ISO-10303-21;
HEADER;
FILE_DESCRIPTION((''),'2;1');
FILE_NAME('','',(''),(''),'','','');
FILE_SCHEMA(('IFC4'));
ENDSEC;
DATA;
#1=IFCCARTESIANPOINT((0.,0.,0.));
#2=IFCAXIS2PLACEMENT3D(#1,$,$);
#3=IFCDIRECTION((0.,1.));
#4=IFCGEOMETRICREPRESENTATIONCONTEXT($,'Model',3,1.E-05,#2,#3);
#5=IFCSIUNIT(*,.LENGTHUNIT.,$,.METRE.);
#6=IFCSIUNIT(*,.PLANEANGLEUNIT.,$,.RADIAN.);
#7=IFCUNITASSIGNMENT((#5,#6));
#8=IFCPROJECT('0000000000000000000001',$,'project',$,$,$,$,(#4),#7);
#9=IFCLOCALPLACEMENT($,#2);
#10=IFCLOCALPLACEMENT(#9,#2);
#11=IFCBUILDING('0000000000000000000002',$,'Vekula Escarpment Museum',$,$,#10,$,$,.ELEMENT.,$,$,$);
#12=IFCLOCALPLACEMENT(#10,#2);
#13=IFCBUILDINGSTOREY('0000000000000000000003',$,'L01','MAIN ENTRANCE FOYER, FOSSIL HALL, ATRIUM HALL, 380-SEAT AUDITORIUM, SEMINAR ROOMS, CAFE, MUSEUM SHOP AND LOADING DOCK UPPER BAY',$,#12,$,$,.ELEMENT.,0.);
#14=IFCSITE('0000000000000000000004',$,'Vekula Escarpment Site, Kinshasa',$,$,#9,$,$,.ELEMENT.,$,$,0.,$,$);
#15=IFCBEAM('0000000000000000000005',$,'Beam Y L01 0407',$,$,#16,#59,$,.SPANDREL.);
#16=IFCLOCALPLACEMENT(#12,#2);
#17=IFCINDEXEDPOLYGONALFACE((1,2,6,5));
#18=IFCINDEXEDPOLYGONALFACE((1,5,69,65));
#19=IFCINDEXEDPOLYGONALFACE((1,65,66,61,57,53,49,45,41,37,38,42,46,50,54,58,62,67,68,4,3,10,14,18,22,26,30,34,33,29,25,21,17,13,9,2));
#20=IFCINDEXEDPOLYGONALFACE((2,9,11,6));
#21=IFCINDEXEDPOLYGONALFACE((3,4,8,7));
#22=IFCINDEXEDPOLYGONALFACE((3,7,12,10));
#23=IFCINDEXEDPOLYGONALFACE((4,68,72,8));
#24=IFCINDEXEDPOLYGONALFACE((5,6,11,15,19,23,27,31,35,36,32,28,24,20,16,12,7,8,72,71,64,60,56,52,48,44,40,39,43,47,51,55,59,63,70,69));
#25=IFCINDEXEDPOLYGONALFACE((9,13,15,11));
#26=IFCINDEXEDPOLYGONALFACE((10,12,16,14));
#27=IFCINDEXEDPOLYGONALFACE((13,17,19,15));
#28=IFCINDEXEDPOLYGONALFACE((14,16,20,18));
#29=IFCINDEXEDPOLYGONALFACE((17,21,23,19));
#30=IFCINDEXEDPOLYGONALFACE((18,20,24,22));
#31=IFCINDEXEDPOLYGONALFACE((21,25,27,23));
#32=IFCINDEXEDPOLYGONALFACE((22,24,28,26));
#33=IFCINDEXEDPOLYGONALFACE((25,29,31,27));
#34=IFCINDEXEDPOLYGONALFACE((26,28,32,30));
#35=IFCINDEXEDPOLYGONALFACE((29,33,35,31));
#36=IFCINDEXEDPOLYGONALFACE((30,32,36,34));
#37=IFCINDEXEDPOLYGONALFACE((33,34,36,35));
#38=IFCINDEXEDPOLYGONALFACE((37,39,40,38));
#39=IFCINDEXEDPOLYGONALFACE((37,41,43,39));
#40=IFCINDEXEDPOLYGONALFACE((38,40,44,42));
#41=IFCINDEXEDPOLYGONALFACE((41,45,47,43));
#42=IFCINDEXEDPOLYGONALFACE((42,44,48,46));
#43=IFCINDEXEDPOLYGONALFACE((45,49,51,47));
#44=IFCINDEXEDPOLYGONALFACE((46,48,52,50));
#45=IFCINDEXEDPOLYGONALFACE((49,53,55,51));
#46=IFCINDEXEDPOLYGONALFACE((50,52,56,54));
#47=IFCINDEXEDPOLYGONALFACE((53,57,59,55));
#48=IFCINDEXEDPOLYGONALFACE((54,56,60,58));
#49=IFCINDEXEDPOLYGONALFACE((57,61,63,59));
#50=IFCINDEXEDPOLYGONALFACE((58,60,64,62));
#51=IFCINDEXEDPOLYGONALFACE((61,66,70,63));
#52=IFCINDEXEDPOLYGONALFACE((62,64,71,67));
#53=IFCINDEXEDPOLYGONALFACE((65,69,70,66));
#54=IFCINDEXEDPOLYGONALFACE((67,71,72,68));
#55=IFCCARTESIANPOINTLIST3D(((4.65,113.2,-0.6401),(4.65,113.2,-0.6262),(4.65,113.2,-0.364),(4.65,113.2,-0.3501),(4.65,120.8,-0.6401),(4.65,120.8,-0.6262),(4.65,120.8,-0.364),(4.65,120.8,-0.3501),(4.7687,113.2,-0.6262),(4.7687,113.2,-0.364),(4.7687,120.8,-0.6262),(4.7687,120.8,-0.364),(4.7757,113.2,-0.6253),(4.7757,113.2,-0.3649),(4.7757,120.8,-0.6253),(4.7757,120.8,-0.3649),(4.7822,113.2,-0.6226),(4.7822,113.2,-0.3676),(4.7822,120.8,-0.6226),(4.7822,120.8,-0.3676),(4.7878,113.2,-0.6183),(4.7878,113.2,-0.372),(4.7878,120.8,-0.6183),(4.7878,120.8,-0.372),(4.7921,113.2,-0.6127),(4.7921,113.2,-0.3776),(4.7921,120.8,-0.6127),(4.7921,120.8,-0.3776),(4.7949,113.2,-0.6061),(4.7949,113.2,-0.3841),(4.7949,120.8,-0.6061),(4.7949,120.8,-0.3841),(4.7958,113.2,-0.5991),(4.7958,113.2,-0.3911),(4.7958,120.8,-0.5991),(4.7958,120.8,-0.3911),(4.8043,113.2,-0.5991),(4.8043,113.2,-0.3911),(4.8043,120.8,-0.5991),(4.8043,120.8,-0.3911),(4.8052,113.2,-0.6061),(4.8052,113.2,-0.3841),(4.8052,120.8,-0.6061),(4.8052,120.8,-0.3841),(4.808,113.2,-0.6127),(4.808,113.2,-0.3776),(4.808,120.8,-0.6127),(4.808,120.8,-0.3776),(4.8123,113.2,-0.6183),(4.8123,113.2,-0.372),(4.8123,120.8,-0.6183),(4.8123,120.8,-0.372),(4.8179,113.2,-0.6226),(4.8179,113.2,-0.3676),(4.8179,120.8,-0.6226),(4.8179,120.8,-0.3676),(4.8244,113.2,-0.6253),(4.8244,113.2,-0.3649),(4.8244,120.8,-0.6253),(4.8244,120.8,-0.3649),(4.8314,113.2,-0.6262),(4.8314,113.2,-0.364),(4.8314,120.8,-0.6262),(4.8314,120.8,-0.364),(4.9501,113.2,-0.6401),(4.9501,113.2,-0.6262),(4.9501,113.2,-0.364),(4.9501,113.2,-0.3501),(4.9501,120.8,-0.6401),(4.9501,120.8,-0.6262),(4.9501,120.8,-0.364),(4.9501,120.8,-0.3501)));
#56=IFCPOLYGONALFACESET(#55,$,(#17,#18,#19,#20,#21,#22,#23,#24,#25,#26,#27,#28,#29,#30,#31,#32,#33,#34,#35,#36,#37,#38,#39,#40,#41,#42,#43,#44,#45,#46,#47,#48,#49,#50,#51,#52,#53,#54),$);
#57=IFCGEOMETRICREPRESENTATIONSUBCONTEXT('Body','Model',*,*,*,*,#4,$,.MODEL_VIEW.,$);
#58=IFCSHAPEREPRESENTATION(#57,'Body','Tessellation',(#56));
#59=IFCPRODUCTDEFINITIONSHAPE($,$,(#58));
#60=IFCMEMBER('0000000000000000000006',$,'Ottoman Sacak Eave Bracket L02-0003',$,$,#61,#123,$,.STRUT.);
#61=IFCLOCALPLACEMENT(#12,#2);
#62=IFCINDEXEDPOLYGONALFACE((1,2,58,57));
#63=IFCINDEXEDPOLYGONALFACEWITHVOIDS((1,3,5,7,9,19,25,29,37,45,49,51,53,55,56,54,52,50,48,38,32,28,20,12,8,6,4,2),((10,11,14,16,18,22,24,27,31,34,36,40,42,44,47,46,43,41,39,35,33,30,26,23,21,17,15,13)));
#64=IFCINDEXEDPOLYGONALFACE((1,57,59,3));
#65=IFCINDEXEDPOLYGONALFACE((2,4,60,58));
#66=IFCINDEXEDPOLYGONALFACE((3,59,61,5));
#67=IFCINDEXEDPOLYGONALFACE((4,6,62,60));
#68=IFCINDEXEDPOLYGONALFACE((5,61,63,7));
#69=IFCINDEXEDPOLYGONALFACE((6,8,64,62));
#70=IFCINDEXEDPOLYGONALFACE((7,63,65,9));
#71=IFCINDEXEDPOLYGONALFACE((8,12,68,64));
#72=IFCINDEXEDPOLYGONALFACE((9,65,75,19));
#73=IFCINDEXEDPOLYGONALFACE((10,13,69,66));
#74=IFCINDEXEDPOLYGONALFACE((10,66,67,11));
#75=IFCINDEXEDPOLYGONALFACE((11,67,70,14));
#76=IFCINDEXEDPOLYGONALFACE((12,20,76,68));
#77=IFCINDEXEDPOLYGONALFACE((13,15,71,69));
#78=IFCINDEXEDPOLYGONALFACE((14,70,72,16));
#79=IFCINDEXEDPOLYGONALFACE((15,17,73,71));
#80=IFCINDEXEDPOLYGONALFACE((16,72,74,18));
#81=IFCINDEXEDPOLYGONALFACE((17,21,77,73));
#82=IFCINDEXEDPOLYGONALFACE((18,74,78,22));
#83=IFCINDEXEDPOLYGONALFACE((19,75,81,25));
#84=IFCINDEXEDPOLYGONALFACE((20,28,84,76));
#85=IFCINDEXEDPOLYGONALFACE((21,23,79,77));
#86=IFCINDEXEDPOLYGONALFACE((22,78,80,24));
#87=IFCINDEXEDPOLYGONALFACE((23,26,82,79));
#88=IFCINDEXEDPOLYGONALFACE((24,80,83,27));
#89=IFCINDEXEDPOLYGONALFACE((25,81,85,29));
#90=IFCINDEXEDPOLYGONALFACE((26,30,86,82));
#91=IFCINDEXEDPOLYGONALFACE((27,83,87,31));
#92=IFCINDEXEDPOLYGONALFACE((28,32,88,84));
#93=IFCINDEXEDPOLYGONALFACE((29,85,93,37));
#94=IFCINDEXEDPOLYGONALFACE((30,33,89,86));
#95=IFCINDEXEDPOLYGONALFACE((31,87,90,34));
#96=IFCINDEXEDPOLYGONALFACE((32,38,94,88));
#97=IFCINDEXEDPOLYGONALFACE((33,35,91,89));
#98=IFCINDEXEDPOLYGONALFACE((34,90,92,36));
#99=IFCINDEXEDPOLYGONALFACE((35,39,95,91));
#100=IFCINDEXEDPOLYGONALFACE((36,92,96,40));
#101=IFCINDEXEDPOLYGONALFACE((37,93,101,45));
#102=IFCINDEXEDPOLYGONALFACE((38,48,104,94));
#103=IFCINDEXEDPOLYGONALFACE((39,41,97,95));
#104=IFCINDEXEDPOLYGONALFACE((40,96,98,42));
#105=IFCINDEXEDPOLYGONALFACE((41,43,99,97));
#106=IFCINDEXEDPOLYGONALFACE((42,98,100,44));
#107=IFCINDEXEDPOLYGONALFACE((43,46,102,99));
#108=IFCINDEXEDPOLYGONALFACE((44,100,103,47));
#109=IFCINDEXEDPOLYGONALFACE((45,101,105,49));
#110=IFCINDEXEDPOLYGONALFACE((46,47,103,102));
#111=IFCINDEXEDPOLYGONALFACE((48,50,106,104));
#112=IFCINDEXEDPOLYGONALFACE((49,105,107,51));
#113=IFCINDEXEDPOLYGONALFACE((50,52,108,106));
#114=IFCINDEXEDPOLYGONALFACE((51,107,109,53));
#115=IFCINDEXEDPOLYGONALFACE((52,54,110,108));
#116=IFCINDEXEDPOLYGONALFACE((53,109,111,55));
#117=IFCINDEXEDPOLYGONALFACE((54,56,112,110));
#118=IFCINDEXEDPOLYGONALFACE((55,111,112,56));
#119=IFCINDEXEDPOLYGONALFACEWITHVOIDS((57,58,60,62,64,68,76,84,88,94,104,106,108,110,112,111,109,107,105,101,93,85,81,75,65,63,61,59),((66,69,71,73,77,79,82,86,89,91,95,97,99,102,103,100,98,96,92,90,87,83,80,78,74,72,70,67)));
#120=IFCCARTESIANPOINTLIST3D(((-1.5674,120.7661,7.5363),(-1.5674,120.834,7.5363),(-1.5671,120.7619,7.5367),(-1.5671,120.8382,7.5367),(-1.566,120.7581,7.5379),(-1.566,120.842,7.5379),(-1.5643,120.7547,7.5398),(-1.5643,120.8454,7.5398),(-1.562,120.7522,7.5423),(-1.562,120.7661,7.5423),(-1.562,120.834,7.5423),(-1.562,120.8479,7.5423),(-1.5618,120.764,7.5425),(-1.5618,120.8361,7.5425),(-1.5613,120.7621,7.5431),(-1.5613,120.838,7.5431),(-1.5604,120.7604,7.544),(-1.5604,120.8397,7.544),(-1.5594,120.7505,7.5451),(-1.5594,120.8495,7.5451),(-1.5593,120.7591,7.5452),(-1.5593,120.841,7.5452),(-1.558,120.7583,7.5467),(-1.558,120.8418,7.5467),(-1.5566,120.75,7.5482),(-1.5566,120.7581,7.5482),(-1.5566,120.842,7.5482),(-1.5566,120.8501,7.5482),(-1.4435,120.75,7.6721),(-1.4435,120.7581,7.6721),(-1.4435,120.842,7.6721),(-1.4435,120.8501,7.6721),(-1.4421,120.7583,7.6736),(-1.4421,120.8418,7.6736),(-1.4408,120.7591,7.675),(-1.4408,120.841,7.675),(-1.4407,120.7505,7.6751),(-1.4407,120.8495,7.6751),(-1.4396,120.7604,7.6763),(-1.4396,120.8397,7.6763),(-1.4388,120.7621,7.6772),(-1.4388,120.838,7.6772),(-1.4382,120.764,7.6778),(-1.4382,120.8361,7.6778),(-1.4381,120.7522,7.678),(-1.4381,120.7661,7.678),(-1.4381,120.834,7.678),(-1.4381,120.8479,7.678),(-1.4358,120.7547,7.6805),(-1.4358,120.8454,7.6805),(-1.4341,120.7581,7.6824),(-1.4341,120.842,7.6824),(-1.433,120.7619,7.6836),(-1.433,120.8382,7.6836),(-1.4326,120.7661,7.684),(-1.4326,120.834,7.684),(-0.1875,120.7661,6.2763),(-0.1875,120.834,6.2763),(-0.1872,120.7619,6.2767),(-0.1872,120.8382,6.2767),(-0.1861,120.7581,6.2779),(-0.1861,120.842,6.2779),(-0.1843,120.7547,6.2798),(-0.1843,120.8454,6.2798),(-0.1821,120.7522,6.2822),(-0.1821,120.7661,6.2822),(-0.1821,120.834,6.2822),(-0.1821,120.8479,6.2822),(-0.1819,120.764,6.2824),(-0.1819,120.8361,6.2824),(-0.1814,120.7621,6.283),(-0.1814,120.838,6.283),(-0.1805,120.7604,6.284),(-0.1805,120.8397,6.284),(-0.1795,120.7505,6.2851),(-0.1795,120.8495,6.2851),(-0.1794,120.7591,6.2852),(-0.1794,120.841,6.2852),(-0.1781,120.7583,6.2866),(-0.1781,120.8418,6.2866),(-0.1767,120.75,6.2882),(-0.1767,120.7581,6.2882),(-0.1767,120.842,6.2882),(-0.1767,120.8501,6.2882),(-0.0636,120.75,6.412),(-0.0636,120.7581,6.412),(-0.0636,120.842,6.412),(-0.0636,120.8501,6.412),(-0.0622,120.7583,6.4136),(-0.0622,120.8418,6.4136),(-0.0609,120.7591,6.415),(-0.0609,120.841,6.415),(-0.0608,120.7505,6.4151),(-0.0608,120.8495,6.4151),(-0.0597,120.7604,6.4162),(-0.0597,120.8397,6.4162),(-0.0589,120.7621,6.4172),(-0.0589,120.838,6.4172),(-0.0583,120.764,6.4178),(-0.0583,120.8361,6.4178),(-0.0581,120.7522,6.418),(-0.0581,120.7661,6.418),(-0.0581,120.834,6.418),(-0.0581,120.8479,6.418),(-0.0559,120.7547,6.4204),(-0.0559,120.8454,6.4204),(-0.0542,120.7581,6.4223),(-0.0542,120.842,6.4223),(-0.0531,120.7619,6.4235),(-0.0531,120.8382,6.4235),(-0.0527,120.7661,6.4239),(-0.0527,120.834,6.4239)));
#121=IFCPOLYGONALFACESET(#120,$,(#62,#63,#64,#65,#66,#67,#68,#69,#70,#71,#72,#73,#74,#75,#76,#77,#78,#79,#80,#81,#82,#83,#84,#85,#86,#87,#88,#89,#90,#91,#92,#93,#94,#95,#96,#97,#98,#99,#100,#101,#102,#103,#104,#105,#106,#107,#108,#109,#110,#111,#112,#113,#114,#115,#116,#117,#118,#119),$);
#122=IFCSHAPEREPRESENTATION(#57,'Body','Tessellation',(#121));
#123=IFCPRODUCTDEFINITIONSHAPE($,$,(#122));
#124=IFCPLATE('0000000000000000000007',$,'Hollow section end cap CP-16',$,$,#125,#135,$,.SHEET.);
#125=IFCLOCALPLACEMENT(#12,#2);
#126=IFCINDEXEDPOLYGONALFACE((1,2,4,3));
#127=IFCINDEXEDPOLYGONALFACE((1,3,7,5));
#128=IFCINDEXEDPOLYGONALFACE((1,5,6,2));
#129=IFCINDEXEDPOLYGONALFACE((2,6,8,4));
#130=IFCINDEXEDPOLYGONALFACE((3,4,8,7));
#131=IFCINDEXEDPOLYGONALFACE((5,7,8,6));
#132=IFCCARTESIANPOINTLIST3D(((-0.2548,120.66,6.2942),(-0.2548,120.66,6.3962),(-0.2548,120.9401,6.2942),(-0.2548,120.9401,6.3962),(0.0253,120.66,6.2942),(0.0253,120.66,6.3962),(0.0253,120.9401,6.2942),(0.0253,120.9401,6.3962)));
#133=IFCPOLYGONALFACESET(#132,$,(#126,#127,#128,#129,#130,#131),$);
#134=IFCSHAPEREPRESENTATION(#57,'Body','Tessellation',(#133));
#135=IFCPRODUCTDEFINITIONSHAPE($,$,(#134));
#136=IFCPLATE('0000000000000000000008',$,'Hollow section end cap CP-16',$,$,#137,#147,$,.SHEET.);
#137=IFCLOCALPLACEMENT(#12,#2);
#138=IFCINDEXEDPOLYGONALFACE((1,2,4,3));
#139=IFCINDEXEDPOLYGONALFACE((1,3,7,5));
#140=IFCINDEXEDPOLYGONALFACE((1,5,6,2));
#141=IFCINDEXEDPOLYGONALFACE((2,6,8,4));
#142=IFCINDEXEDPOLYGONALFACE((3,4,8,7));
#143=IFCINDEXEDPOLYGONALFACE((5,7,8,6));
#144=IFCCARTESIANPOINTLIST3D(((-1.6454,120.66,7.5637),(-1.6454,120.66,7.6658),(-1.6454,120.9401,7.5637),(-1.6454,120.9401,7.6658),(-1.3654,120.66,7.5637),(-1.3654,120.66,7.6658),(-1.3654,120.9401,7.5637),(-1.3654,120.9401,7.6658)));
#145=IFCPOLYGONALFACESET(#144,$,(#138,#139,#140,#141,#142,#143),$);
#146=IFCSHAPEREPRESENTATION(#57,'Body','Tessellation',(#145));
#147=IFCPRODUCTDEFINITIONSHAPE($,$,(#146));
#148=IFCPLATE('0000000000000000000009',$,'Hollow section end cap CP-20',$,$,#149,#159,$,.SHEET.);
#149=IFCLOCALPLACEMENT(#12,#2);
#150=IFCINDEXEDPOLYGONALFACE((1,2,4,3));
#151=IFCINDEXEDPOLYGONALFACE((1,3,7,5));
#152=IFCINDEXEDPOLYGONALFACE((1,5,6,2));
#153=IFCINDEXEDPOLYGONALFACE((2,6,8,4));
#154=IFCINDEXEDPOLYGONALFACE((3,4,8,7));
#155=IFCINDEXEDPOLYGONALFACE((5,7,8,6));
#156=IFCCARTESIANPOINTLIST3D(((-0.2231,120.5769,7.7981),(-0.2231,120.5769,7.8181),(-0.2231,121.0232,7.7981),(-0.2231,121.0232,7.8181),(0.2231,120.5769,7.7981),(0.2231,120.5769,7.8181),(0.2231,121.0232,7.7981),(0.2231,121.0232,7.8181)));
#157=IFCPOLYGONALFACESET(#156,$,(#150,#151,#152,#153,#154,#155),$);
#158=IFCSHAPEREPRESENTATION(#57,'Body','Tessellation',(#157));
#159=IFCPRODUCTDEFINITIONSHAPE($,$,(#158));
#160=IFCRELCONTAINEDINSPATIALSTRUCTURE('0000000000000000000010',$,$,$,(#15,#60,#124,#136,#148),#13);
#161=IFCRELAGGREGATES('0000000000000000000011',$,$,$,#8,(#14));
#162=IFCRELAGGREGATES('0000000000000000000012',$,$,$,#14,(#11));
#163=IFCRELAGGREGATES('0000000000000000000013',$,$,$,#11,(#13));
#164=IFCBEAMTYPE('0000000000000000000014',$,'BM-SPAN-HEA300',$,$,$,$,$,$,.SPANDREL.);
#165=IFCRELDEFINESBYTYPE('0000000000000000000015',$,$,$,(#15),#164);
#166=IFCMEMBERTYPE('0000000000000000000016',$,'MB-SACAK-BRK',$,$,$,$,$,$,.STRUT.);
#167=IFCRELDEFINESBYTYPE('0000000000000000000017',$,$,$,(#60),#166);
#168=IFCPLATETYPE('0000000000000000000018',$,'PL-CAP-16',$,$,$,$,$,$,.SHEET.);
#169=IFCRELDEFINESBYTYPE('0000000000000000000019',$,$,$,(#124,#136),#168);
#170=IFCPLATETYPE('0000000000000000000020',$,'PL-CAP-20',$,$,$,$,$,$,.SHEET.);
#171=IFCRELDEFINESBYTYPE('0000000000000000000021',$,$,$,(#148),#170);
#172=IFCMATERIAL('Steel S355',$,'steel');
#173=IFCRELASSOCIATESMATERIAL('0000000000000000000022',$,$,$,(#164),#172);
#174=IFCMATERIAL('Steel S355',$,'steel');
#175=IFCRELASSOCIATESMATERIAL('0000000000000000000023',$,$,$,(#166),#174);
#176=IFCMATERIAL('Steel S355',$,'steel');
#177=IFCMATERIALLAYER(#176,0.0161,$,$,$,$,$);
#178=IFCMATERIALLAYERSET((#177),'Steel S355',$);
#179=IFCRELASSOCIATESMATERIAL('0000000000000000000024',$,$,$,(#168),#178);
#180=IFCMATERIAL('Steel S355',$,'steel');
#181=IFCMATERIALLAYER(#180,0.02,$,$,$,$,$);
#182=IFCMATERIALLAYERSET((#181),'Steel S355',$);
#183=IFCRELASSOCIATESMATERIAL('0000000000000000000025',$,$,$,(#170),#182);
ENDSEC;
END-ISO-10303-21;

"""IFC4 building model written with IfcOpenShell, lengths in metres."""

from ifc_helpers import new_model, si_unit, direction, frame, origin, origin_2d, place, context, subcontext, project, spatial, rectangle, hollow_rectangle, i_section, extrude, material, layer, layer_set, material_profile, profile_set, type_object, element, save


model = new_model("IFC4")

# Units and contexts
model_context = context("Model", 3, precision=1e-05, world=origin(), true_north=direction((0.0, 1.0)))
body_context = subcontext(model_context, "Body", "Model", "MODEL_VIEW")
ifc_project = project(units=[si_unit("LENGTHUNIT", "METRE"), si_unit("PLANEANGLEUNIT", "RADIAN")], contexts=[model_context])

# Site, building, storey
site_placement = place(None, origin())
site = spatial("IfcSite", under=ifc_project, at=site_placement, Name="Vekula Escarpment Site, Kinshasa", CompositionType="ELEMENT", RefElevation=0.0)
building_placement = place(site_placement, origin())
building = spatial("IfcBuilding", under=site, at=building_placement, Name="Vekula Escarpment Museum", CompositionType="ELEMENT")
storey_placement = place(building_placement, origin())
storey = spatial("IfcBuildingStorey", under=building, at=storey_placement, Name="L01", Description="MAIN ENTRANCE FOYER, FOSSIL HALL, ATRIUM HALL, 380-SEAT AUDITORIUM, SEMINAR ROOMS, CAFE, MUSEUM SHOP AND LOADING DOCK UPPER BAY", CompositionType="ELEMENT", Elevation=0.0)

# Beam
ifc_material_1 = material(Name="Steel S355", Category="steel")
ifc_material_profile_1 = material_profile(ifc_material_1, i_section(OverallWidth=0.3, OverallDepth=0.29, WebThickness=0.0085, FlangeThickness=0.0139, FilletRadius=0.0271, at=origin_2d()), Name="HEA 300")
ifc_profile_set_1 = profile_set([ifc_material_profile_1], Name="Steel S355")
beam_type_1 = type_object("IfcBeamType", Name="BM-SPAN-HEA300", PredefinedType="SPANDREL", material=ifc_profile_set_1)
beam_1_placement = place(storey_placement, frame((4.8, 113.2, -0.4951), z_axis=(0.0, 1.0, 0.0), x_axis=(-1.0, 0.0, 0.0)))
element("IfcBeam", 1, at=beam_1_placement, inside=storey, type_object=beam_type_1, Name="Beam Y L01 0407", PredefinedType="SPANDREL", context=body_context, shape_type="SweptSolid", body=[
    extrude(i_section(OverallWidth=0.3, OverallDepth=0.29, WebThickness=0.0085, FlangeThickness=0.0139, FilletRadius=0.0271, at=origin_2d()), origin(), (0.0, 0.0, 1.0), 7.6001),
])

# Member
ifc_material_2 = material(Name="Steel S355", Category="steel")
ifc_material_profile_2 = material_profile(ifc_material_2, hollow_rectangle(XDim=0.1001, YDim=0.2, WallThickness=0.0081, InnerFilletRadius=0.0081, OuterFilletRadius=0.0161, at=origin_2d()), Name="RHS 200x100x8")
ifc_profile_set_2 = profile_set([ifc_material_profile_2], Name="Steel S355")
member_type = type_object("IfcMemberType", Name="MB-SACAK-BRK", PredefinedType="STRUT", material=ifc_profile_set_2)
member_placement = place(storey_placement, frame((-0.1201, 120.8, 6.3501), z_axis=(-0.738454, 0.0, 0.674303), x_axis=(0.0, -1.0, 0.0)))
element("IfcMember", 2, at=member_placement, inside=storey, type_object=member_type, Name="Ottoman Sacak Eave Bracket L02-0003", PredefinedType="STRUT", context=body_context, shape_type="SweptSolid", body=[
    extrude(hollow_rectangle(XDim=0.1001, YDim=0.2, WallThickness=0.0081, InnerFilletRadius=0.0081, OuterFilletRadius=0.0161, at=origin_2d()), origin(), (0.0, 0.0, 1.0), 1.8687),
])

# Plates
ifc_material_3 = material(Name="Steel S355", Category="steel")
ifc_layer_1 = layer(ifc_material_3, 0.0161)
ifc_layer_set_1 = layer_set([ifc_layer_1], Name="Steel S355")
plate_type_1 = type_object("IfcPlateType", Name="PL-CAP-16", PredefinedType="SHEET", material=ifc_layer_set_1)
for number, where, z_axis, x_axis, name in (
    (3, (-0.1147, 120.8, 6.2942), (0.0, 0.0, 1.0), (1.0, 0.0, 0.0), "Hollow section end cap CP-16"),
    (4, (-1.5054, 120.8, 7.5637), (0.0, 0.0, 1.0), (1.0, 0.0, 0.0), "Hollow section end cap CP-16"),
):
    element("IfcPlate", number, at=place(storey_placement, frame(where, z_axis=z_axis, x_axis=x_axis)), inside=storey, type_object=plate_type_1, Name=name, PredefinedType="SHEET", context=body_context, shape_type="SweptSolid", body=[
        extrude(rectangle(XDim=0.28, YDim=0.28, at=origin_2d()), origin(), (0.0, 0.0, 1.0), 0.1021),
    ])
ifc_material_4 = material(Name="Steel S355", Category="steel")
ifc_layer_2 = layer(ifc_material_4, 0.02)
ifc_layer_set_2 = layer_set([ifc_layer_2], Name="Steel S355")
plate_type_2 = type_object("IfcPlateType", Name="PL-CAP-20", PredefinedType="SHEET", material=ifc_layer_set_2)
plate_placement = place(storey_placement, frame((0.0, 120.8, 7.7981), z_axis=(0.0, 0.0, 1.0), x_axis=(1.0, 0.0, 0.0)))
element("IfcPlate", 5, at=plate_placement, inside=storey, type_object=plate_type_2, Name="Hollow section end cap CP-20", PredefinedType="SHEET", context=body_context, shape_type="SweptSolid", body=[
    extrude(rectangle(XDim=0.4463, YDim=0.4463, at=origin_2d()), origin(), (0.0, 0.0, 1.0), 0.02),
])

save(model, "model.ifc")
